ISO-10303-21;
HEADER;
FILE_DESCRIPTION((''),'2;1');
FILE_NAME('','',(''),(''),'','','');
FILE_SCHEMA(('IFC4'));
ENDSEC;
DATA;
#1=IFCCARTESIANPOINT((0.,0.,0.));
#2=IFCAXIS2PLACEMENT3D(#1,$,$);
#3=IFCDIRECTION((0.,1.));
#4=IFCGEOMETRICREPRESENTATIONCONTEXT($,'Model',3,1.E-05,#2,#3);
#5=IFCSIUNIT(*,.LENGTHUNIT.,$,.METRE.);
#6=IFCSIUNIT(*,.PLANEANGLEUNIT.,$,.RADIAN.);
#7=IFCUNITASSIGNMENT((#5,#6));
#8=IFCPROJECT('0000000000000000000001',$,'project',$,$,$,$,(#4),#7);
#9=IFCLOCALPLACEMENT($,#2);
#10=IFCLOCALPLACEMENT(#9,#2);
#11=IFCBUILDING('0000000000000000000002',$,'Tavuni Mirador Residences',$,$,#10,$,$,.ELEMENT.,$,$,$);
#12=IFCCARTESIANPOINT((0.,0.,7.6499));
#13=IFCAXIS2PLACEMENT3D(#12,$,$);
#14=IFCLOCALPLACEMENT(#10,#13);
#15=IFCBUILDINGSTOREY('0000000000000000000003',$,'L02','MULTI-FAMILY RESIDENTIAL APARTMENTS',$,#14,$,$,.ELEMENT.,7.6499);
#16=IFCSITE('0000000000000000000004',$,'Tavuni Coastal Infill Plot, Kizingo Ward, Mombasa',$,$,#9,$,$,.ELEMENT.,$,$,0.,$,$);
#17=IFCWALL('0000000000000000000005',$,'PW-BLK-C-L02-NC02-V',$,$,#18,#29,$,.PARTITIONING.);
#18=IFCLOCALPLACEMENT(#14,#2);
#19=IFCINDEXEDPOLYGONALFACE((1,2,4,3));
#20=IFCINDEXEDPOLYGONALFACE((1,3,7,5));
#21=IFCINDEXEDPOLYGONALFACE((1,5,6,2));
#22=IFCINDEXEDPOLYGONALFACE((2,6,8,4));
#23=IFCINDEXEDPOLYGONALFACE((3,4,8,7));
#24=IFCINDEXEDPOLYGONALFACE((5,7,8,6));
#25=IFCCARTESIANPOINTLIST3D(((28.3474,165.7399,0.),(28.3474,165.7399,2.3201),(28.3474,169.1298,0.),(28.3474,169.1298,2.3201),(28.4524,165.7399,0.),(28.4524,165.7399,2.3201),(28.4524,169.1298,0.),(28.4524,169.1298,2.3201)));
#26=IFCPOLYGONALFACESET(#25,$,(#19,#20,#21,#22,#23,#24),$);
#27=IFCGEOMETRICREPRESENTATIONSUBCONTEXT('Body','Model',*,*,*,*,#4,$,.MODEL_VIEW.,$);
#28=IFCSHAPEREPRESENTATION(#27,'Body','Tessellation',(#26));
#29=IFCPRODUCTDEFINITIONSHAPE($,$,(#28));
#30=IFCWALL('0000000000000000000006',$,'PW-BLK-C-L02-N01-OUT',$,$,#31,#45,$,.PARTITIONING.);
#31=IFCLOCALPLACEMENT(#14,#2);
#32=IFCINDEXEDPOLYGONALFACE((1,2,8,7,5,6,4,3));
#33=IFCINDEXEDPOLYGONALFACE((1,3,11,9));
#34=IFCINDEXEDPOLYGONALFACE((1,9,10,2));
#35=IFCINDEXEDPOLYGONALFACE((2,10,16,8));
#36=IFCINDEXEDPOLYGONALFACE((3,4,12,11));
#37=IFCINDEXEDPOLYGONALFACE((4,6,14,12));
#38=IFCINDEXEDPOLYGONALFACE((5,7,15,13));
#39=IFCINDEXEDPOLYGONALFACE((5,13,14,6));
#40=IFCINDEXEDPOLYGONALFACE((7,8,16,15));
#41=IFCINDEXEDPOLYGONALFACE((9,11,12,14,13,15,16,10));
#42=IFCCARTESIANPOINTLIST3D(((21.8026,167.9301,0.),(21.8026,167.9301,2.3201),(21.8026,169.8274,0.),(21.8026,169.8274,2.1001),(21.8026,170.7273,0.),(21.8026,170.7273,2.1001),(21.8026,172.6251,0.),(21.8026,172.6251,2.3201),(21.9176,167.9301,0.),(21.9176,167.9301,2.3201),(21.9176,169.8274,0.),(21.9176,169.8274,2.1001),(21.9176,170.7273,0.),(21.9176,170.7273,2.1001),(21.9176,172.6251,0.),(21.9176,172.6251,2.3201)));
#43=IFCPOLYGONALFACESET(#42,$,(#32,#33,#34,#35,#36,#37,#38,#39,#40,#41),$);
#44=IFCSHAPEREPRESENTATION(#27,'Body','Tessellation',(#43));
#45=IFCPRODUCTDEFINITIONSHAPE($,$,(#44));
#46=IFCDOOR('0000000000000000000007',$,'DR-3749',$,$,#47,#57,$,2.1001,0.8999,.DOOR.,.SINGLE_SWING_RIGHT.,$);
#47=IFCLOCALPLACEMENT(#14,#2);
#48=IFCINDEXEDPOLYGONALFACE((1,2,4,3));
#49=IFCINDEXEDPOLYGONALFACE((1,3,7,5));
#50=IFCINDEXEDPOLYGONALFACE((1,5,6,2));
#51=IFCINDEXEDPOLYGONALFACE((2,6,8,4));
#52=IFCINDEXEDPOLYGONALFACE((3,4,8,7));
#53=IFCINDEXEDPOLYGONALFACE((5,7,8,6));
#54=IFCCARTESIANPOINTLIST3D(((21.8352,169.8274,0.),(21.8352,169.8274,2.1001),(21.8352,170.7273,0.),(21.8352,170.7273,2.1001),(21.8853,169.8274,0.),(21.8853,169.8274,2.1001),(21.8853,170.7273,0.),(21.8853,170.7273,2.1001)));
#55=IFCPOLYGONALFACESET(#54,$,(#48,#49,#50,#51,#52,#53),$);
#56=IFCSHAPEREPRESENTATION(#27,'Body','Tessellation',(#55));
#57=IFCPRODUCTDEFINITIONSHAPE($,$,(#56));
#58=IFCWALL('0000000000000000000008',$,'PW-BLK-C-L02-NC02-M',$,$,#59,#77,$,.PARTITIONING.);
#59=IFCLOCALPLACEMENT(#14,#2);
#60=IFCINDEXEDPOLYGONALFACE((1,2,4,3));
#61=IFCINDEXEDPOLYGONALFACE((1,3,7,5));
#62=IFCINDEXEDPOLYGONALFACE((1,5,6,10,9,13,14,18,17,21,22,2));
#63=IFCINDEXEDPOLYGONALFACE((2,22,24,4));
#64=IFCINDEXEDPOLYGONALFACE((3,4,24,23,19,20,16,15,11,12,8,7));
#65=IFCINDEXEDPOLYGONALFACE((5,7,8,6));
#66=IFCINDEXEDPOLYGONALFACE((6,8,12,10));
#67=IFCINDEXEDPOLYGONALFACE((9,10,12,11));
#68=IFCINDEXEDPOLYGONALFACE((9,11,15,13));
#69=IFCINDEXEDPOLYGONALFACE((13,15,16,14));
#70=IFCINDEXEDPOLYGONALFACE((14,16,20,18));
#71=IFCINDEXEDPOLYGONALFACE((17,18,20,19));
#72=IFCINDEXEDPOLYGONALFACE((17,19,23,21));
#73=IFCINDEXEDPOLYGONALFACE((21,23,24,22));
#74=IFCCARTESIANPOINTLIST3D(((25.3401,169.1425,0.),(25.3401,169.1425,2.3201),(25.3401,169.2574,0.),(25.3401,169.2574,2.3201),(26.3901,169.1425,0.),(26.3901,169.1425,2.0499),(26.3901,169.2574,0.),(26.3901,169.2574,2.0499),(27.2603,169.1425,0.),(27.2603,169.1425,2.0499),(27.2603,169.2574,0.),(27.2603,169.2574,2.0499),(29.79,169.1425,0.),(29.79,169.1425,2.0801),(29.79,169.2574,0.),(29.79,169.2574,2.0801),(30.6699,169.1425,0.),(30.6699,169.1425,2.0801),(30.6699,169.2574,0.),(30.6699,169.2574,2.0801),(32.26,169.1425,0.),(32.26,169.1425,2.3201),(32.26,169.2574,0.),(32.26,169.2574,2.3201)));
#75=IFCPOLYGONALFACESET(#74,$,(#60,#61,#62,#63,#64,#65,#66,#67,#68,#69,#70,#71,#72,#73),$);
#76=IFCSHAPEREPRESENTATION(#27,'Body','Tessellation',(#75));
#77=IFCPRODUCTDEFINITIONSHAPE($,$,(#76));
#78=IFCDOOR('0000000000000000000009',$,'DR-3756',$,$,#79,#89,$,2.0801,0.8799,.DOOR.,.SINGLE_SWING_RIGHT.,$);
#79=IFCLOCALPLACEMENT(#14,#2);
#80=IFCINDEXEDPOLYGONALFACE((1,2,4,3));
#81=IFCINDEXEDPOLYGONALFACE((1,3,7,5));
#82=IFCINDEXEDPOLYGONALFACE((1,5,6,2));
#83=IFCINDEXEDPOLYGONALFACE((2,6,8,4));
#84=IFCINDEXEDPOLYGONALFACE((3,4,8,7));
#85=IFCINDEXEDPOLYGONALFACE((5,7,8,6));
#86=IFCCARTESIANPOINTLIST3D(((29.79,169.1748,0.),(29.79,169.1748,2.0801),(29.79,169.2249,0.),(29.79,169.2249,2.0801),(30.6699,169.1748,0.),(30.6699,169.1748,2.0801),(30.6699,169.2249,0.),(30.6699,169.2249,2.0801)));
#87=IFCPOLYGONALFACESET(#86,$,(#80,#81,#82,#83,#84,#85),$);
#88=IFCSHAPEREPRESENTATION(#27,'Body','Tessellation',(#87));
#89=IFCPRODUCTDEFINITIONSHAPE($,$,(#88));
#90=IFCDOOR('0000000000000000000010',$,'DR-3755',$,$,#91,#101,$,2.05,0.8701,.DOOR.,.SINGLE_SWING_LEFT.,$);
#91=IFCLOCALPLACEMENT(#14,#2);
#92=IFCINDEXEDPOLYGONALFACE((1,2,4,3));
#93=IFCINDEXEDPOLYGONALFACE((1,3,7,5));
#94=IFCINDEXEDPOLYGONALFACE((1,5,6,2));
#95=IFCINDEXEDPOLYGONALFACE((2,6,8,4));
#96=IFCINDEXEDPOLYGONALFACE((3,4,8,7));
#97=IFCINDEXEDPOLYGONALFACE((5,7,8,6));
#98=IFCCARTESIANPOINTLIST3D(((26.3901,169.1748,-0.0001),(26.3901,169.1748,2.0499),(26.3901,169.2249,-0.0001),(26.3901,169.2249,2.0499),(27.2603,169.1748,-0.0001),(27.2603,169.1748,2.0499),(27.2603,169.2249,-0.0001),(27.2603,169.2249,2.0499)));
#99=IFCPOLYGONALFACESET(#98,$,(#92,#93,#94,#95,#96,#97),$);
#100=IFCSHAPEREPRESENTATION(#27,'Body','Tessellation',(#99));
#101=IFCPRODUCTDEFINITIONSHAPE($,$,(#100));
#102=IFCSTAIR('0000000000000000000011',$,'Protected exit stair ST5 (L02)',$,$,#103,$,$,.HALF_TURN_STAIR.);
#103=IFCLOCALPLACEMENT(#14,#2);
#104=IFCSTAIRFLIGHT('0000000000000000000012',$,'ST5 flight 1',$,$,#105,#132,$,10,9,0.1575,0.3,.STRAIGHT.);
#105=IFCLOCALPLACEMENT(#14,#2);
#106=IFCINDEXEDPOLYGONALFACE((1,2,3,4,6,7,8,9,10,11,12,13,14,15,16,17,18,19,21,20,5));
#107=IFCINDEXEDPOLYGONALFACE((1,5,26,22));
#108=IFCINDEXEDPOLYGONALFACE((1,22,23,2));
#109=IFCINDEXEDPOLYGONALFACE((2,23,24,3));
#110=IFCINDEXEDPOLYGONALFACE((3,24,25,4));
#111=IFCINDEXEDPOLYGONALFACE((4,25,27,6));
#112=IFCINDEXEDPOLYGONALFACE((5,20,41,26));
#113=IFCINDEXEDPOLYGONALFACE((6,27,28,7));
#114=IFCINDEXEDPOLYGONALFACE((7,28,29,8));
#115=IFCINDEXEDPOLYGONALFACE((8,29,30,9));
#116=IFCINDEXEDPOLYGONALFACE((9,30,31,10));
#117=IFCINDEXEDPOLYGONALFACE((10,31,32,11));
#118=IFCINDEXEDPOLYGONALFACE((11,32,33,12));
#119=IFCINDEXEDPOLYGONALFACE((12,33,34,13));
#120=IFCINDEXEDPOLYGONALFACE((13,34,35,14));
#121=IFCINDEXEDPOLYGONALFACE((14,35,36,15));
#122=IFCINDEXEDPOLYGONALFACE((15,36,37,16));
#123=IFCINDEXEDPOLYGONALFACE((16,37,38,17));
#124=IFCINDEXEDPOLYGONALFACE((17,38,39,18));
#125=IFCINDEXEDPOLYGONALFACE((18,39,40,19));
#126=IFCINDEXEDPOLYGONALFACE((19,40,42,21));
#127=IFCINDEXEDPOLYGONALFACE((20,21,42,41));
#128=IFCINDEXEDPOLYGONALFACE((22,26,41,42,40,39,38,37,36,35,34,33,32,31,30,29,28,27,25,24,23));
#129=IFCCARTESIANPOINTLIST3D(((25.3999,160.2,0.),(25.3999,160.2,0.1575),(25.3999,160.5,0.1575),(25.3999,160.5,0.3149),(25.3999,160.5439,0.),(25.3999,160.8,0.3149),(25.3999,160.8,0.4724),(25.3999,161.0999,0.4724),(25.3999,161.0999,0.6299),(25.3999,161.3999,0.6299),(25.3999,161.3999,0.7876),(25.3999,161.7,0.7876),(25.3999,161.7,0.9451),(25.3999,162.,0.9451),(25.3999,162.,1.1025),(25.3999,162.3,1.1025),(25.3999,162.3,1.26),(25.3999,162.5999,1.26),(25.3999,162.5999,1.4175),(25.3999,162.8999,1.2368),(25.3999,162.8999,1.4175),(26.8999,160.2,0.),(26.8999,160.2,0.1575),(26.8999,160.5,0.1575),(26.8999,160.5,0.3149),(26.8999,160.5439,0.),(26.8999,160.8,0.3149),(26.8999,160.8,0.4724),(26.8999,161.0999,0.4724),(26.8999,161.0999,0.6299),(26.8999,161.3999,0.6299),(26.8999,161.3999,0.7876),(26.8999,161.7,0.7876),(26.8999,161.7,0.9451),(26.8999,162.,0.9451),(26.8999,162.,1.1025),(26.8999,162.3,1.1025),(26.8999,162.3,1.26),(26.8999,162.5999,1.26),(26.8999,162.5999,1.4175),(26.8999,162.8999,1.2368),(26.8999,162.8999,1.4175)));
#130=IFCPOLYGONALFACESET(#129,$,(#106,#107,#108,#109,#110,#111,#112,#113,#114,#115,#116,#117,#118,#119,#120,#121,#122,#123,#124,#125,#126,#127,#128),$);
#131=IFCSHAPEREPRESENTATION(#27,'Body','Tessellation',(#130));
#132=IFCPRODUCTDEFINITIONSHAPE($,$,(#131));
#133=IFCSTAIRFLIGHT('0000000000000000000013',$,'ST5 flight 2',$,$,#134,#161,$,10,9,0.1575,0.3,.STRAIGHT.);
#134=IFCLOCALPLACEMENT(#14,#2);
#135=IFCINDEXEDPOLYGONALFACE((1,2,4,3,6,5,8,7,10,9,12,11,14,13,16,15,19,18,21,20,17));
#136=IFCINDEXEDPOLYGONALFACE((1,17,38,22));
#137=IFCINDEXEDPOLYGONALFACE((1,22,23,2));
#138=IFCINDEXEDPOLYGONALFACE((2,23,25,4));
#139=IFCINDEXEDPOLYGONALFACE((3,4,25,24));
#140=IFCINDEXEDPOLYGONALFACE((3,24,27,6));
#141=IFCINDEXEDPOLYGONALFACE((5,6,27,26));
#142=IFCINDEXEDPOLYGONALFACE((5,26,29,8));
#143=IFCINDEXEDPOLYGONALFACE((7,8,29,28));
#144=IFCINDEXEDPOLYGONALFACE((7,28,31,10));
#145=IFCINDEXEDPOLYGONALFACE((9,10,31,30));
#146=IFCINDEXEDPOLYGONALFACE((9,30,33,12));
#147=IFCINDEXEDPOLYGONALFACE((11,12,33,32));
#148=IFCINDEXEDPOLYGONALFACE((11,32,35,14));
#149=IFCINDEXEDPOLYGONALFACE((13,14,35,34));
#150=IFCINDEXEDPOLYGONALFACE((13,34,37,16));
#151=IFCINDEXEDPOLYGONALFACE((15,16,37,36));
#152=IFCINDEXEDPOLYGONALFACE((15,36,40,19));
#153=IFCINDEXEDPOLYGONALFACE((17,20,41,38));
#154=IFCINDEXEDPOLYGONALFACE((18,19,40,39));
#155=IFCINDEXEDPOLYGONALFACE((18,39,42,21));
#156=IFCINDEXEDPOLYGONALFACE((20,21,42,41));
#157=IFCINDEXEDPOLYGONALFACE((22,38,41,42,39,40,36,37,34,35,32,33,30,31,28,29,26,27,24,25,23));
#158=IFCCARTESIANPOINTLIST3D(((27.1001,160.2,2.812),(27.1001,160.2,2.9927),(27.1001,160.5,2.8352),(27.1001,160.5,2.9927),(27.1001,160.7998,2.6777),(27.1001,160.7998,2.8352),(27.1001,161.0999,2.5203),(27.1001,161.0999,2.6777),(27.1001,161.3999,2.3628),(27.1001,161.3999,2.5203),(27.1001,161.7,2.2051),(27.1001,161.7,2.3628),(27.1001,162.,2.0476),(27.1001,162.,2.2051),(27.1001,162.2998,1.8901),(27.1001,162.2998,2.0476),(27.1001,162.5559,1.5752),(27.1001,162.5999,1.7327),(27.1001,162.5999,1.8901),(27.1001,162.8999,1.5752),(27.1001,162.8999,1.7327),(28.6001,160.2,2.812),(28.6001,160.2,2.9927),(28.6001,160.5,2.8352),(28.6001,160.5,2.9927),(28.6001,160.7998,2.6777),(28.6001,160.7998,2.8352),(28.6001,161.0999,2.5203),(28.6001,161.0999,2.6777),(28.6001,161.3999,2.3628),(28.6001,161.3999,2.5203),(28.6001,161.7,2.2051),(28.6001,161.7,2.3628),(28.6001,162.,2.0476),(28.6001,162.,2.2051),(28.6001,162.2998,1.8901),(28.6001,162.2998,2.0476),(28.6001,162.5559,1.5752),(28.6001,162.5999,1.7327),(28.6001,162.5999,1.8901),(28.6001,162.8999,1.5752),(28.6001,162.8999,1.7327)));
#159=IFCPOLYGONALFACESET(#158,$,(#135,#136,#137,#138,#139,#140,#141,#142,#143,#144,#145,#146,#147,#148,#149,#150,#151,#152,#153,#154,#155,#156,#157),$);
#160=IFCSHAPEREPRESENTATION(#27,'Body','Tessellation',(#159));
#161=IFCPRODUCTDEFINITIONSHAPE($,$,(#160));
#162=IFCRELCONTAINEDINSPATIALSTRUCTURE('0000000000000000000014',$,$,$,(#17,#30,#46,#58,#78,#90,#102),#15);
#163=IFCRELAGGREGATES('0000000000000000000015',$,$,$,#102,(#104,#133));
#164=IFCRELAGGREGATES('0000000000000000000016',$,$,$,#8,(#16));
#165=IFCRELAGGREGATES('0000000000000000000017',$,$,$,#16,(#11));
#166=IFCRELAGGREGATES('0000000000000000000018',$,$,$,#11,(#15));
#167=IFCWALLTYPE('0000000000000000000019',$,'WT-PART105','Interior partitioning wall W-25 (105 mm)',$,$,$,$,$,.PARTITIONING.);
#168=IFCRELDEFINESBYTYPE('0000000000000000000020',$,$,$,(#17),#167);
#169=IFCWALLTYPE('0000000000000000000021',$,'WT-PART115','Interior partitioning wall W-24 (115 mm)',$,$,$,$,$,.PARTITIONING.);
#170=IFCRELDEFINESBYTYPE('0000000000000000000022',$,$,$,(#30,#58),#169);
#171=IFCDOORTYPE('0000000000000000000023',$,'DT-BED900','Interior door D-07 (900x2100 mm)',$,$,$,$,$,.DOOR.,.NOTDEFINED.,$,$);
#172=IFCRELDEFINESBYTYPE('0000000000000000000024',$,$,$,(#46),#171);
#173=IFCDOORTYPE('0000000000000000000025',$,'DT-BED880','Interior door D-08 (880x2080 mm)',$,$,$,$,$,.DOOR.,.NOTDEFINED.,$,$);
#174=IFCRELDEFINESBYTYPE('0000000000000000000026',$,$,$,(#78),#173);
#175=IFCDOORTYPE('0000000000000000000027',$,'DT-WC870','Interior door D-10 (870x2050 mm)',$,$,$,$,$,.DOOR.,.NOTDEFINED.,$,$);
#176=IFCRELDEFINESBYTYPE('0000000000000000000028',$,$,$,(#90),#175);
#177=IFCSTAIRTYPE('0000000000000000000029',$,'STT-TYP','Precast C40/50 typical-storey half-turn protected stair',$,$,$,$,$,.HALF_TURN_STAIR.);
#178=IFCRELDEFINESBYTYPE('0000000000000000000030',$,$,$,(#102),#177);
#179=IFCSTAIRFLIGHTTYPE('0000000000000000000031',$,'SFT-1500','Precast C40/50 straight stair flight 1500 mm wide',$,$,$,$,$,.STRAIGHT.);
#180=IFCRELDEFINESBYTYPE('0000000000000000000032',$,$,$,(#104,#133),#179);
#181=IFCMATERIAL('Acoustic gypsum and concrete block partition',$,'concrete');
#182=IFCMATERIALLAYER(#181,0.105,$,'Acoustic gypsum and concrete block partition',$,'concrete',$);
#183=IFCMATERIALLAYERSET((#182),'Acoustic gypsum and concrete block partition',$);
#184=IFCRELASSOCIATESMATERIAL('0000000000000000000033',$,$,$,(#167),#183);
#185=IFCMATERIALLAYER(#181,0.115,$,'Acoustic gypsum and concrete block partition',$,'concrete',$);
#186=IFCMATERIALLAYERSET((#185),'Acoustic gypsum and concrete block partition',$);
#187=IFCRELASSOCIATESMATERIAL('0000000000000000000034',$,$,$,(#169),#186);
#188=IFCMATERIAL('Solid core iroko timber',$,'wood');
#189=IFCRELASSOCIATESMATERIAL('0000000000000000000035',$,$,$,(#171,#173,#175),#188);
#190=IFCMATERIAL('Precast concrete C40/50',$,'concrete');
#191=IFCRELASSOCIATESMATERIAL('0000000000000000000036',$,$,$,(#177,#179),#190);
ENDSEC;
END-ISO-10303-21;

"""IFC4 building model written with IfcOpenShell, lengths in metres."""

from ifc_helpers import new_model, si_unit, direction, frame, frame_2d, origin, place, context, subcontext, project, spatial, polyline, rectangle, outline, extrude, material, layer, layer_set, type_object, element, fill, aggregate, save


model = new_model("IFC4")

# Units and contexts
model_context = context("Model", 3, precision=1e-05, world=origin(), true_north=direction((0.0, 1.0)))
body_context = subcontext(model_context, "Body", "Model", "MODEL_VIEW")
ifc_project = project(units=[si_unit("LENGTHUNIT", "METRE"), si_unit("PLANEANGLEUNIT", "RADIAN")], contexts=[model_context])

# Site, building, storey
site_placement = place(None, origin())
site = spatial("IfcSite", under=ifc_project, at=site_placement, Name="Tavuni Coastal Infill Plot, Kizingo Ward, Mombasa", CompositionType="ELEMENT", RefElevation=0.0)
building_placement = place(site_placement, origin())
building = spatial("IfcBuilding", under=site, at=building_placement, Name="Tavuni Mirador Residences", CompositionType="ELEMENT")
storey_placement = place(building_placement, frame((0.0, 0.0, 7.6499)))
storey = spatial("IfcBuildingStorey", under=building, at=storey_placement, Name="L02", Description="MULTI-FAMILY RESIDENTIAL APARTMENTS", CompositionType="ELEMENT", Elevation=7.6499)

# Shared definitions
ifc_material_1 = material(Name="Precast concrete C40/50", Category="concrete")

# Shared definitions
ifc_material_2 = material(Name="Acoustic gypsum and concrete block partition", Category="concrete")
ifc_layer_1 = layer(ifc_material_2, 0.105, Name="Acoustic gypsum and concrete block partition", Category="concrete")
ifc_layer_set_1 = layer_set([ifc_layer_1], Name="Acoustic gypsum and concrete block partition")
wall_type_1 = type_object("IfcWallType", Name="WT-PART105", Description="Interior partitioning wall W-25 (105 mm)", PredefinedType="PARTITIONING", material=ifc_layer_set_1)
ifc_material_3 = material(Name="Solid core iroko timber", Category="wood")

# Wall
wall_1_placement = place(storey_placement, frame((28.3999, 165.74, 0.0), z_axis=(0.0, 0.0, 1.0), x_axis=(0.0, 1.0, 0.0)))
element("IfcWall", 1, at=wall_1_placement, inside=storey, type_object=wall_type_1, Name="PW-BLK-C-L02-NC02-V", PredefinedType="PARTITIONING", context=body_context, shape_type="SweptSolid", body=[
    extrude(rectangle(XDim=3.3899, YDim=0.105, at=frame_2d((1.6948, 0.0))), origin(), (0.0, 0.0, 1.0), 2.3201),
])

# Wall, opening, door
ifc_layer_2 = layer(ifc_material_2, 0.115, Name="Acoustic gypsum and concrete block partition", Category="concrete")
ifc_layer_set_2 = layer_set([ifc_layer_2], Name="Acoustic gypsum and concrete block partition")
wall_type_2 = type_object("IfcWallType", Name="WT-PART115", Description="Interior partitioning wall W-24 (115 mm)", PredefinedType="PARTITIONING", material=ifc_layer_set_2)
wall_2_placement = place(storey_placement, frame((21.8601, 167.9299, 0.0), z_axis=(0.0, 0.0, 1.0), x_axis=(0.0, 1.0, 0.0)))
wall_2 = element("IfcWall", 2, at=wall_2_placement, inside=storey, type_object=wall_type_2, Name="PW-BLK-C-L02-N01-OUT", PredefinedType="PARTITIONING", context=body_context, shape_type="SweptSolid", body=[
    extrude(rectangle(XDim=4.6951, YDim=0.115, at=frame_2d((2.3477, 0.0))), origin(), (0.0, 0.0, 1.0), 2.3201),
])
opening_1_placement = place(wall_2_placement, frame((1.8975, 0.0, 0.0)))
opening_1 = element("IfcOpeningElement", 3, at=opening_1_placement, cuts=wall_2, PredefinedType="OPENING", context=body_context, shape_type="SweptSolid", body=[
    extrude(rectangle(XDim=0.8999, YDim=2.1001, at=frame_2d((0.45, 1.05))), frame((0.0, 0.0674, 0.0), z_axis=(0.0, -1.0, 0.0), x_axis=(1.0, 0.0, 0.0)), (0.0, 0.0, 1.0), 0.135),
])
door_type_1 = type_object("IfcDoorType", Name="DT-BED900", Description="Interior door D-07 (900x2100 mm)", OperationType="NOTDEFINED", PredefinedType="DOOR", material=ifc_material_3)
door_1_placement = place(opening_1_placement, origin())
door_1 = element("IfcDoor", 4, at=door_1_placement, inside=storey, type_object=door_type_1, Name="DR-3749", OperationType="SINGLE_SWING_RIGHT", OverallHeight=2.1001, OverallWidth=0.8999, PredefinedType="DOOR", context=body_context, shape_type="SweptSolid", body=[
    extrude(rectangle(XDim=0.8999, YDim=2.1001, at=frame_2d((0.45, 1.05))), frame((0.0, 0.0249, 0.0), z_axis=(0.0, -1.0, 0.0), x_axis=(1.0, 0.0, 0.0)), (0.0, 0.0, 1.0), 0.05),
])
fill(opening_1, door_1)

# Wall, openings, doors
wall_3_placement = place(storey_placement, frame((25.3401, 169.2, 0.0), z_axis=(0.0, 0.0, 1.0), x_axis=(1.0, 0.0, 0.0)))
wall_3 = element("IfcWall", 5, at=wall_3_placement, inside=storey, type_object=wall_type_2, Name="PW-BLK-C-L02-NC02-M", PredefinedType="PARTITIONING", context=body_context, shape_type="SweptSolid", body=[
    extrude(rectangle(XDim=6.9199, YDim=0.115, at=frame_2d((3.46, 0.0))), origin(), (0.0, 0.0, 1.0), 2.3201),
])
opening_2_placement = place(wall_3_placement, frame((1.05, 0.0, 0.0)))
opening_2 = element("IfcOpeningElement", 6, at=opening_2_placement, cuts=wall_3, PredefinedType="OPENING", context=body_context, shape_type="SweptSolid", body=[
    extrude(rectangle(XDim=0.8701, YDim=2.05, at=frame_2d((0.4351, 1.0249))), frame((0.0, 0.0674, 0.0), z_axis=(0.0, -1.0, 0.0), x_axis=(1.0, 0.0, 0.0)), (0.0, 0.0, 1.0), 0.135),
])
opening_3_placement = place(wall_3_placement, frame((4.45, 0.0, 0.0)))
opening_3 = element("IfcOpeningElement", 7, at=opening_3_placement, cuts=wall_3, PredefinedType="OPENING", context=body_context, shape_type="SweptSolid", body=[
    extrude(rectangle(XDim=0.8799, YDim=2.0801, at=frame_2d((0.4399, 1.04))), frame((0.0, 0.0674, 0.0), z_axis=(0.0, -1.0, 0.0), x_axis=(1.0, 0.0, 0.0)), (0.0, 0.0, 1.0), 0.135),
])
door_type_2 = type_object("IfcDoorType", Name="DT-BED880", Description="Interior door D-08 (880x2080 mm)", OperationType="NOTDEFINED", PredefinedType="DOOR", material=ifc_material_3)
door_2_placement = place(opening_3_placement, origin())
door_2 = element("IfcDoor", 8, at=door_2_placement, inside=storey, type_object=door_type_2, Name="DR-3756", OperationType="SINGLE_SWING_RIGHT", OverallHeight=2.0801, OverallWidth=0.8799, PredefinedType="DOOR", context=body_context, shape_type="SweptSolid", body=[
    extrude(rectangle(XDim=0.8799, YDim=2.0801, at=frame_2d((0.4399, 1.04))), frame((0.0, 0.0249, 0.0), z_axis=(0.0, -1.0, 0.0), x_axis=(1.0, 0.0, 0.0)), (0.0, 0.0, 1.0), 0.05),
])
fill(opening_3, door_2)
door_type_3 = type_object("IfcDoorType", Name="DT-WC870", Description="Interior door D-10 (870x2050 mm)", OperationType="NOTDEFINED", PredefinedType="DOOR", material=ifc_material_3)
door_3_placement = place(opening_2_placement, origin())
door_3 = element("IfcDoor", 9, at=door_3_placement, inside=storey, type_object=door_type_3, Name="DR-3755", OperationType="SINGLE_SWING_LEFT", OverallHeight=2.05, OverallWidth=0.8701, PredefinedType="DOOR", context=body_context, shape_type="SweptSolid", body=[
    extrude(rectangle(XDim=0.8701, YDim=2.05, at=frame_2d((0.4351, 1.0249))), frame((0.0, 0.0249, 0.0), z_axis=(0.0, -1.0, 0.0), x_axis=(1.0, 0.0, 0.0)), (0.0, 0.0, 1.0), 0.05),
])
fill(opening_2, door_3)

# Stair, stair flights
stair_type = type_object("IfcStairType", Name="STT-TYP", Description="Precast C40/50 typical-storey half-turn protected stair", PredefinedType="HALF_TURN_STAIR", material=ifc_material_1)
stair_placement = place(storey_placement, origin())
stair = element("IfcStair", 10, at=stair_placement, inside=storey, type_object=stair_type, Name="Protected exit stair ST5 (L02)", PredefinedType="HALF_TURN_STAIR")
stair_flight_type = type_object("IfcStairFlightType", Name="SFT-1500", Description="Precast C40/50 straight stair flight 1500 mm wide", PredefinedType="STRAIGHT", material=ifc_material_1)
stair_flight_1_placement = place(storey_placement, frame((26.1499, 160.2, 0.0), z_axis=(0.0, 0.0, 1.0), x_axis=(0.0, 1.0, 0.0)))
stair_flight_1 = element("IfcStairFlight", 11, at=stair_flight_1_placement, type_object=stair_flight_type, Name="ST5 flight 1", NumberOfRisers=10, NumberOfTreads=9, PredefinedType="STRAIGHT", RiserHeight=0.1575, TreadLength=0.3, context=body_context, shape_type="SweptSolid", body=[
    extrude(outline(polyline([(0.0, 0.0), (0.0, 0.1575), (0.3, 0.1575), (0.3, 0.3149), (0.6001, 0.3149), (0.6001, 0.4724), (0.8999, 0.4724), (0.8999, 0.6299), (1.2, 0.6299), (1.2, 0.7876), (1.5, 0.7876), (1.5, 0.9451), (1.8, 0.9451), (1.8, 1.1025), (2.1001, 1.1025), (2.1001, 1.26), (2.3999, 1.26), (2.3999, 1.4175), (2.7, 1.4175), (2.7, 1.575), (2.7, 1.2368), (0.344, 0.0), (0.0, 0.0)])), frame((0.0, 0.75, 0.0), z_axis=(0.0, -1.0, 0.0), x_axis=(1.0, 0.0, 0.0)), (0.0, 0.0, 1.0), 1.5),
])
stair_flight_2_placement = place(storey_placement, frame((27.8501, 162.8999, 1.5752), z_axis=(0.0, 0.0, 1.0), x_axis=(0.0, -1.0, 0.0)))
stair_flight_2 = element("IfcStairFlight", 12, at=stair_flight_2_placement, type_object=stair_flight_type, Name="ST5 flight 2", NumberOfRisers=10, NumberOfTreads=9, PredefinedType="STRAIGHT", RiserHeight=0.1575, TreadLength=0.3, context=body_context, shape_type="SweptSolid", body=[
    extrude(outline(polyline([(0.0, 0.0), (0.0, 0.1575), (0.3, 0.1575), (0.3, 0.3149), (0.6001, 0.3149), (0.6001, 0.4724), (0.8999, 0.4724), (0.8999, 0.6299), (1.2, 0.6299), (1.2, 0.7876), (1.5, 0.7876), (1.5, 0.9451), (1.8, 0.9451), (1.8, 1.1025), (2.1001, 1.1025), (2.1001, 1.26), (2.3999, 1.26), (2.3999, 1.4175), (2.7, 1.4175), (2.7, 1.575), (2.7, 1.2368), (0.344, 0.0), (0.0, 0.0)])), frame((0.0, 0.75, 0.0), z_axis=(0.0, -1.0, 0.0), x_axis=(1.0, 0.0, 0.0)), (0.0, 0.0, 1.0), 1.5),
])
aggregate(stair, [stair_flight_1, stair_flight_2])

save(model, "model.ifc")
